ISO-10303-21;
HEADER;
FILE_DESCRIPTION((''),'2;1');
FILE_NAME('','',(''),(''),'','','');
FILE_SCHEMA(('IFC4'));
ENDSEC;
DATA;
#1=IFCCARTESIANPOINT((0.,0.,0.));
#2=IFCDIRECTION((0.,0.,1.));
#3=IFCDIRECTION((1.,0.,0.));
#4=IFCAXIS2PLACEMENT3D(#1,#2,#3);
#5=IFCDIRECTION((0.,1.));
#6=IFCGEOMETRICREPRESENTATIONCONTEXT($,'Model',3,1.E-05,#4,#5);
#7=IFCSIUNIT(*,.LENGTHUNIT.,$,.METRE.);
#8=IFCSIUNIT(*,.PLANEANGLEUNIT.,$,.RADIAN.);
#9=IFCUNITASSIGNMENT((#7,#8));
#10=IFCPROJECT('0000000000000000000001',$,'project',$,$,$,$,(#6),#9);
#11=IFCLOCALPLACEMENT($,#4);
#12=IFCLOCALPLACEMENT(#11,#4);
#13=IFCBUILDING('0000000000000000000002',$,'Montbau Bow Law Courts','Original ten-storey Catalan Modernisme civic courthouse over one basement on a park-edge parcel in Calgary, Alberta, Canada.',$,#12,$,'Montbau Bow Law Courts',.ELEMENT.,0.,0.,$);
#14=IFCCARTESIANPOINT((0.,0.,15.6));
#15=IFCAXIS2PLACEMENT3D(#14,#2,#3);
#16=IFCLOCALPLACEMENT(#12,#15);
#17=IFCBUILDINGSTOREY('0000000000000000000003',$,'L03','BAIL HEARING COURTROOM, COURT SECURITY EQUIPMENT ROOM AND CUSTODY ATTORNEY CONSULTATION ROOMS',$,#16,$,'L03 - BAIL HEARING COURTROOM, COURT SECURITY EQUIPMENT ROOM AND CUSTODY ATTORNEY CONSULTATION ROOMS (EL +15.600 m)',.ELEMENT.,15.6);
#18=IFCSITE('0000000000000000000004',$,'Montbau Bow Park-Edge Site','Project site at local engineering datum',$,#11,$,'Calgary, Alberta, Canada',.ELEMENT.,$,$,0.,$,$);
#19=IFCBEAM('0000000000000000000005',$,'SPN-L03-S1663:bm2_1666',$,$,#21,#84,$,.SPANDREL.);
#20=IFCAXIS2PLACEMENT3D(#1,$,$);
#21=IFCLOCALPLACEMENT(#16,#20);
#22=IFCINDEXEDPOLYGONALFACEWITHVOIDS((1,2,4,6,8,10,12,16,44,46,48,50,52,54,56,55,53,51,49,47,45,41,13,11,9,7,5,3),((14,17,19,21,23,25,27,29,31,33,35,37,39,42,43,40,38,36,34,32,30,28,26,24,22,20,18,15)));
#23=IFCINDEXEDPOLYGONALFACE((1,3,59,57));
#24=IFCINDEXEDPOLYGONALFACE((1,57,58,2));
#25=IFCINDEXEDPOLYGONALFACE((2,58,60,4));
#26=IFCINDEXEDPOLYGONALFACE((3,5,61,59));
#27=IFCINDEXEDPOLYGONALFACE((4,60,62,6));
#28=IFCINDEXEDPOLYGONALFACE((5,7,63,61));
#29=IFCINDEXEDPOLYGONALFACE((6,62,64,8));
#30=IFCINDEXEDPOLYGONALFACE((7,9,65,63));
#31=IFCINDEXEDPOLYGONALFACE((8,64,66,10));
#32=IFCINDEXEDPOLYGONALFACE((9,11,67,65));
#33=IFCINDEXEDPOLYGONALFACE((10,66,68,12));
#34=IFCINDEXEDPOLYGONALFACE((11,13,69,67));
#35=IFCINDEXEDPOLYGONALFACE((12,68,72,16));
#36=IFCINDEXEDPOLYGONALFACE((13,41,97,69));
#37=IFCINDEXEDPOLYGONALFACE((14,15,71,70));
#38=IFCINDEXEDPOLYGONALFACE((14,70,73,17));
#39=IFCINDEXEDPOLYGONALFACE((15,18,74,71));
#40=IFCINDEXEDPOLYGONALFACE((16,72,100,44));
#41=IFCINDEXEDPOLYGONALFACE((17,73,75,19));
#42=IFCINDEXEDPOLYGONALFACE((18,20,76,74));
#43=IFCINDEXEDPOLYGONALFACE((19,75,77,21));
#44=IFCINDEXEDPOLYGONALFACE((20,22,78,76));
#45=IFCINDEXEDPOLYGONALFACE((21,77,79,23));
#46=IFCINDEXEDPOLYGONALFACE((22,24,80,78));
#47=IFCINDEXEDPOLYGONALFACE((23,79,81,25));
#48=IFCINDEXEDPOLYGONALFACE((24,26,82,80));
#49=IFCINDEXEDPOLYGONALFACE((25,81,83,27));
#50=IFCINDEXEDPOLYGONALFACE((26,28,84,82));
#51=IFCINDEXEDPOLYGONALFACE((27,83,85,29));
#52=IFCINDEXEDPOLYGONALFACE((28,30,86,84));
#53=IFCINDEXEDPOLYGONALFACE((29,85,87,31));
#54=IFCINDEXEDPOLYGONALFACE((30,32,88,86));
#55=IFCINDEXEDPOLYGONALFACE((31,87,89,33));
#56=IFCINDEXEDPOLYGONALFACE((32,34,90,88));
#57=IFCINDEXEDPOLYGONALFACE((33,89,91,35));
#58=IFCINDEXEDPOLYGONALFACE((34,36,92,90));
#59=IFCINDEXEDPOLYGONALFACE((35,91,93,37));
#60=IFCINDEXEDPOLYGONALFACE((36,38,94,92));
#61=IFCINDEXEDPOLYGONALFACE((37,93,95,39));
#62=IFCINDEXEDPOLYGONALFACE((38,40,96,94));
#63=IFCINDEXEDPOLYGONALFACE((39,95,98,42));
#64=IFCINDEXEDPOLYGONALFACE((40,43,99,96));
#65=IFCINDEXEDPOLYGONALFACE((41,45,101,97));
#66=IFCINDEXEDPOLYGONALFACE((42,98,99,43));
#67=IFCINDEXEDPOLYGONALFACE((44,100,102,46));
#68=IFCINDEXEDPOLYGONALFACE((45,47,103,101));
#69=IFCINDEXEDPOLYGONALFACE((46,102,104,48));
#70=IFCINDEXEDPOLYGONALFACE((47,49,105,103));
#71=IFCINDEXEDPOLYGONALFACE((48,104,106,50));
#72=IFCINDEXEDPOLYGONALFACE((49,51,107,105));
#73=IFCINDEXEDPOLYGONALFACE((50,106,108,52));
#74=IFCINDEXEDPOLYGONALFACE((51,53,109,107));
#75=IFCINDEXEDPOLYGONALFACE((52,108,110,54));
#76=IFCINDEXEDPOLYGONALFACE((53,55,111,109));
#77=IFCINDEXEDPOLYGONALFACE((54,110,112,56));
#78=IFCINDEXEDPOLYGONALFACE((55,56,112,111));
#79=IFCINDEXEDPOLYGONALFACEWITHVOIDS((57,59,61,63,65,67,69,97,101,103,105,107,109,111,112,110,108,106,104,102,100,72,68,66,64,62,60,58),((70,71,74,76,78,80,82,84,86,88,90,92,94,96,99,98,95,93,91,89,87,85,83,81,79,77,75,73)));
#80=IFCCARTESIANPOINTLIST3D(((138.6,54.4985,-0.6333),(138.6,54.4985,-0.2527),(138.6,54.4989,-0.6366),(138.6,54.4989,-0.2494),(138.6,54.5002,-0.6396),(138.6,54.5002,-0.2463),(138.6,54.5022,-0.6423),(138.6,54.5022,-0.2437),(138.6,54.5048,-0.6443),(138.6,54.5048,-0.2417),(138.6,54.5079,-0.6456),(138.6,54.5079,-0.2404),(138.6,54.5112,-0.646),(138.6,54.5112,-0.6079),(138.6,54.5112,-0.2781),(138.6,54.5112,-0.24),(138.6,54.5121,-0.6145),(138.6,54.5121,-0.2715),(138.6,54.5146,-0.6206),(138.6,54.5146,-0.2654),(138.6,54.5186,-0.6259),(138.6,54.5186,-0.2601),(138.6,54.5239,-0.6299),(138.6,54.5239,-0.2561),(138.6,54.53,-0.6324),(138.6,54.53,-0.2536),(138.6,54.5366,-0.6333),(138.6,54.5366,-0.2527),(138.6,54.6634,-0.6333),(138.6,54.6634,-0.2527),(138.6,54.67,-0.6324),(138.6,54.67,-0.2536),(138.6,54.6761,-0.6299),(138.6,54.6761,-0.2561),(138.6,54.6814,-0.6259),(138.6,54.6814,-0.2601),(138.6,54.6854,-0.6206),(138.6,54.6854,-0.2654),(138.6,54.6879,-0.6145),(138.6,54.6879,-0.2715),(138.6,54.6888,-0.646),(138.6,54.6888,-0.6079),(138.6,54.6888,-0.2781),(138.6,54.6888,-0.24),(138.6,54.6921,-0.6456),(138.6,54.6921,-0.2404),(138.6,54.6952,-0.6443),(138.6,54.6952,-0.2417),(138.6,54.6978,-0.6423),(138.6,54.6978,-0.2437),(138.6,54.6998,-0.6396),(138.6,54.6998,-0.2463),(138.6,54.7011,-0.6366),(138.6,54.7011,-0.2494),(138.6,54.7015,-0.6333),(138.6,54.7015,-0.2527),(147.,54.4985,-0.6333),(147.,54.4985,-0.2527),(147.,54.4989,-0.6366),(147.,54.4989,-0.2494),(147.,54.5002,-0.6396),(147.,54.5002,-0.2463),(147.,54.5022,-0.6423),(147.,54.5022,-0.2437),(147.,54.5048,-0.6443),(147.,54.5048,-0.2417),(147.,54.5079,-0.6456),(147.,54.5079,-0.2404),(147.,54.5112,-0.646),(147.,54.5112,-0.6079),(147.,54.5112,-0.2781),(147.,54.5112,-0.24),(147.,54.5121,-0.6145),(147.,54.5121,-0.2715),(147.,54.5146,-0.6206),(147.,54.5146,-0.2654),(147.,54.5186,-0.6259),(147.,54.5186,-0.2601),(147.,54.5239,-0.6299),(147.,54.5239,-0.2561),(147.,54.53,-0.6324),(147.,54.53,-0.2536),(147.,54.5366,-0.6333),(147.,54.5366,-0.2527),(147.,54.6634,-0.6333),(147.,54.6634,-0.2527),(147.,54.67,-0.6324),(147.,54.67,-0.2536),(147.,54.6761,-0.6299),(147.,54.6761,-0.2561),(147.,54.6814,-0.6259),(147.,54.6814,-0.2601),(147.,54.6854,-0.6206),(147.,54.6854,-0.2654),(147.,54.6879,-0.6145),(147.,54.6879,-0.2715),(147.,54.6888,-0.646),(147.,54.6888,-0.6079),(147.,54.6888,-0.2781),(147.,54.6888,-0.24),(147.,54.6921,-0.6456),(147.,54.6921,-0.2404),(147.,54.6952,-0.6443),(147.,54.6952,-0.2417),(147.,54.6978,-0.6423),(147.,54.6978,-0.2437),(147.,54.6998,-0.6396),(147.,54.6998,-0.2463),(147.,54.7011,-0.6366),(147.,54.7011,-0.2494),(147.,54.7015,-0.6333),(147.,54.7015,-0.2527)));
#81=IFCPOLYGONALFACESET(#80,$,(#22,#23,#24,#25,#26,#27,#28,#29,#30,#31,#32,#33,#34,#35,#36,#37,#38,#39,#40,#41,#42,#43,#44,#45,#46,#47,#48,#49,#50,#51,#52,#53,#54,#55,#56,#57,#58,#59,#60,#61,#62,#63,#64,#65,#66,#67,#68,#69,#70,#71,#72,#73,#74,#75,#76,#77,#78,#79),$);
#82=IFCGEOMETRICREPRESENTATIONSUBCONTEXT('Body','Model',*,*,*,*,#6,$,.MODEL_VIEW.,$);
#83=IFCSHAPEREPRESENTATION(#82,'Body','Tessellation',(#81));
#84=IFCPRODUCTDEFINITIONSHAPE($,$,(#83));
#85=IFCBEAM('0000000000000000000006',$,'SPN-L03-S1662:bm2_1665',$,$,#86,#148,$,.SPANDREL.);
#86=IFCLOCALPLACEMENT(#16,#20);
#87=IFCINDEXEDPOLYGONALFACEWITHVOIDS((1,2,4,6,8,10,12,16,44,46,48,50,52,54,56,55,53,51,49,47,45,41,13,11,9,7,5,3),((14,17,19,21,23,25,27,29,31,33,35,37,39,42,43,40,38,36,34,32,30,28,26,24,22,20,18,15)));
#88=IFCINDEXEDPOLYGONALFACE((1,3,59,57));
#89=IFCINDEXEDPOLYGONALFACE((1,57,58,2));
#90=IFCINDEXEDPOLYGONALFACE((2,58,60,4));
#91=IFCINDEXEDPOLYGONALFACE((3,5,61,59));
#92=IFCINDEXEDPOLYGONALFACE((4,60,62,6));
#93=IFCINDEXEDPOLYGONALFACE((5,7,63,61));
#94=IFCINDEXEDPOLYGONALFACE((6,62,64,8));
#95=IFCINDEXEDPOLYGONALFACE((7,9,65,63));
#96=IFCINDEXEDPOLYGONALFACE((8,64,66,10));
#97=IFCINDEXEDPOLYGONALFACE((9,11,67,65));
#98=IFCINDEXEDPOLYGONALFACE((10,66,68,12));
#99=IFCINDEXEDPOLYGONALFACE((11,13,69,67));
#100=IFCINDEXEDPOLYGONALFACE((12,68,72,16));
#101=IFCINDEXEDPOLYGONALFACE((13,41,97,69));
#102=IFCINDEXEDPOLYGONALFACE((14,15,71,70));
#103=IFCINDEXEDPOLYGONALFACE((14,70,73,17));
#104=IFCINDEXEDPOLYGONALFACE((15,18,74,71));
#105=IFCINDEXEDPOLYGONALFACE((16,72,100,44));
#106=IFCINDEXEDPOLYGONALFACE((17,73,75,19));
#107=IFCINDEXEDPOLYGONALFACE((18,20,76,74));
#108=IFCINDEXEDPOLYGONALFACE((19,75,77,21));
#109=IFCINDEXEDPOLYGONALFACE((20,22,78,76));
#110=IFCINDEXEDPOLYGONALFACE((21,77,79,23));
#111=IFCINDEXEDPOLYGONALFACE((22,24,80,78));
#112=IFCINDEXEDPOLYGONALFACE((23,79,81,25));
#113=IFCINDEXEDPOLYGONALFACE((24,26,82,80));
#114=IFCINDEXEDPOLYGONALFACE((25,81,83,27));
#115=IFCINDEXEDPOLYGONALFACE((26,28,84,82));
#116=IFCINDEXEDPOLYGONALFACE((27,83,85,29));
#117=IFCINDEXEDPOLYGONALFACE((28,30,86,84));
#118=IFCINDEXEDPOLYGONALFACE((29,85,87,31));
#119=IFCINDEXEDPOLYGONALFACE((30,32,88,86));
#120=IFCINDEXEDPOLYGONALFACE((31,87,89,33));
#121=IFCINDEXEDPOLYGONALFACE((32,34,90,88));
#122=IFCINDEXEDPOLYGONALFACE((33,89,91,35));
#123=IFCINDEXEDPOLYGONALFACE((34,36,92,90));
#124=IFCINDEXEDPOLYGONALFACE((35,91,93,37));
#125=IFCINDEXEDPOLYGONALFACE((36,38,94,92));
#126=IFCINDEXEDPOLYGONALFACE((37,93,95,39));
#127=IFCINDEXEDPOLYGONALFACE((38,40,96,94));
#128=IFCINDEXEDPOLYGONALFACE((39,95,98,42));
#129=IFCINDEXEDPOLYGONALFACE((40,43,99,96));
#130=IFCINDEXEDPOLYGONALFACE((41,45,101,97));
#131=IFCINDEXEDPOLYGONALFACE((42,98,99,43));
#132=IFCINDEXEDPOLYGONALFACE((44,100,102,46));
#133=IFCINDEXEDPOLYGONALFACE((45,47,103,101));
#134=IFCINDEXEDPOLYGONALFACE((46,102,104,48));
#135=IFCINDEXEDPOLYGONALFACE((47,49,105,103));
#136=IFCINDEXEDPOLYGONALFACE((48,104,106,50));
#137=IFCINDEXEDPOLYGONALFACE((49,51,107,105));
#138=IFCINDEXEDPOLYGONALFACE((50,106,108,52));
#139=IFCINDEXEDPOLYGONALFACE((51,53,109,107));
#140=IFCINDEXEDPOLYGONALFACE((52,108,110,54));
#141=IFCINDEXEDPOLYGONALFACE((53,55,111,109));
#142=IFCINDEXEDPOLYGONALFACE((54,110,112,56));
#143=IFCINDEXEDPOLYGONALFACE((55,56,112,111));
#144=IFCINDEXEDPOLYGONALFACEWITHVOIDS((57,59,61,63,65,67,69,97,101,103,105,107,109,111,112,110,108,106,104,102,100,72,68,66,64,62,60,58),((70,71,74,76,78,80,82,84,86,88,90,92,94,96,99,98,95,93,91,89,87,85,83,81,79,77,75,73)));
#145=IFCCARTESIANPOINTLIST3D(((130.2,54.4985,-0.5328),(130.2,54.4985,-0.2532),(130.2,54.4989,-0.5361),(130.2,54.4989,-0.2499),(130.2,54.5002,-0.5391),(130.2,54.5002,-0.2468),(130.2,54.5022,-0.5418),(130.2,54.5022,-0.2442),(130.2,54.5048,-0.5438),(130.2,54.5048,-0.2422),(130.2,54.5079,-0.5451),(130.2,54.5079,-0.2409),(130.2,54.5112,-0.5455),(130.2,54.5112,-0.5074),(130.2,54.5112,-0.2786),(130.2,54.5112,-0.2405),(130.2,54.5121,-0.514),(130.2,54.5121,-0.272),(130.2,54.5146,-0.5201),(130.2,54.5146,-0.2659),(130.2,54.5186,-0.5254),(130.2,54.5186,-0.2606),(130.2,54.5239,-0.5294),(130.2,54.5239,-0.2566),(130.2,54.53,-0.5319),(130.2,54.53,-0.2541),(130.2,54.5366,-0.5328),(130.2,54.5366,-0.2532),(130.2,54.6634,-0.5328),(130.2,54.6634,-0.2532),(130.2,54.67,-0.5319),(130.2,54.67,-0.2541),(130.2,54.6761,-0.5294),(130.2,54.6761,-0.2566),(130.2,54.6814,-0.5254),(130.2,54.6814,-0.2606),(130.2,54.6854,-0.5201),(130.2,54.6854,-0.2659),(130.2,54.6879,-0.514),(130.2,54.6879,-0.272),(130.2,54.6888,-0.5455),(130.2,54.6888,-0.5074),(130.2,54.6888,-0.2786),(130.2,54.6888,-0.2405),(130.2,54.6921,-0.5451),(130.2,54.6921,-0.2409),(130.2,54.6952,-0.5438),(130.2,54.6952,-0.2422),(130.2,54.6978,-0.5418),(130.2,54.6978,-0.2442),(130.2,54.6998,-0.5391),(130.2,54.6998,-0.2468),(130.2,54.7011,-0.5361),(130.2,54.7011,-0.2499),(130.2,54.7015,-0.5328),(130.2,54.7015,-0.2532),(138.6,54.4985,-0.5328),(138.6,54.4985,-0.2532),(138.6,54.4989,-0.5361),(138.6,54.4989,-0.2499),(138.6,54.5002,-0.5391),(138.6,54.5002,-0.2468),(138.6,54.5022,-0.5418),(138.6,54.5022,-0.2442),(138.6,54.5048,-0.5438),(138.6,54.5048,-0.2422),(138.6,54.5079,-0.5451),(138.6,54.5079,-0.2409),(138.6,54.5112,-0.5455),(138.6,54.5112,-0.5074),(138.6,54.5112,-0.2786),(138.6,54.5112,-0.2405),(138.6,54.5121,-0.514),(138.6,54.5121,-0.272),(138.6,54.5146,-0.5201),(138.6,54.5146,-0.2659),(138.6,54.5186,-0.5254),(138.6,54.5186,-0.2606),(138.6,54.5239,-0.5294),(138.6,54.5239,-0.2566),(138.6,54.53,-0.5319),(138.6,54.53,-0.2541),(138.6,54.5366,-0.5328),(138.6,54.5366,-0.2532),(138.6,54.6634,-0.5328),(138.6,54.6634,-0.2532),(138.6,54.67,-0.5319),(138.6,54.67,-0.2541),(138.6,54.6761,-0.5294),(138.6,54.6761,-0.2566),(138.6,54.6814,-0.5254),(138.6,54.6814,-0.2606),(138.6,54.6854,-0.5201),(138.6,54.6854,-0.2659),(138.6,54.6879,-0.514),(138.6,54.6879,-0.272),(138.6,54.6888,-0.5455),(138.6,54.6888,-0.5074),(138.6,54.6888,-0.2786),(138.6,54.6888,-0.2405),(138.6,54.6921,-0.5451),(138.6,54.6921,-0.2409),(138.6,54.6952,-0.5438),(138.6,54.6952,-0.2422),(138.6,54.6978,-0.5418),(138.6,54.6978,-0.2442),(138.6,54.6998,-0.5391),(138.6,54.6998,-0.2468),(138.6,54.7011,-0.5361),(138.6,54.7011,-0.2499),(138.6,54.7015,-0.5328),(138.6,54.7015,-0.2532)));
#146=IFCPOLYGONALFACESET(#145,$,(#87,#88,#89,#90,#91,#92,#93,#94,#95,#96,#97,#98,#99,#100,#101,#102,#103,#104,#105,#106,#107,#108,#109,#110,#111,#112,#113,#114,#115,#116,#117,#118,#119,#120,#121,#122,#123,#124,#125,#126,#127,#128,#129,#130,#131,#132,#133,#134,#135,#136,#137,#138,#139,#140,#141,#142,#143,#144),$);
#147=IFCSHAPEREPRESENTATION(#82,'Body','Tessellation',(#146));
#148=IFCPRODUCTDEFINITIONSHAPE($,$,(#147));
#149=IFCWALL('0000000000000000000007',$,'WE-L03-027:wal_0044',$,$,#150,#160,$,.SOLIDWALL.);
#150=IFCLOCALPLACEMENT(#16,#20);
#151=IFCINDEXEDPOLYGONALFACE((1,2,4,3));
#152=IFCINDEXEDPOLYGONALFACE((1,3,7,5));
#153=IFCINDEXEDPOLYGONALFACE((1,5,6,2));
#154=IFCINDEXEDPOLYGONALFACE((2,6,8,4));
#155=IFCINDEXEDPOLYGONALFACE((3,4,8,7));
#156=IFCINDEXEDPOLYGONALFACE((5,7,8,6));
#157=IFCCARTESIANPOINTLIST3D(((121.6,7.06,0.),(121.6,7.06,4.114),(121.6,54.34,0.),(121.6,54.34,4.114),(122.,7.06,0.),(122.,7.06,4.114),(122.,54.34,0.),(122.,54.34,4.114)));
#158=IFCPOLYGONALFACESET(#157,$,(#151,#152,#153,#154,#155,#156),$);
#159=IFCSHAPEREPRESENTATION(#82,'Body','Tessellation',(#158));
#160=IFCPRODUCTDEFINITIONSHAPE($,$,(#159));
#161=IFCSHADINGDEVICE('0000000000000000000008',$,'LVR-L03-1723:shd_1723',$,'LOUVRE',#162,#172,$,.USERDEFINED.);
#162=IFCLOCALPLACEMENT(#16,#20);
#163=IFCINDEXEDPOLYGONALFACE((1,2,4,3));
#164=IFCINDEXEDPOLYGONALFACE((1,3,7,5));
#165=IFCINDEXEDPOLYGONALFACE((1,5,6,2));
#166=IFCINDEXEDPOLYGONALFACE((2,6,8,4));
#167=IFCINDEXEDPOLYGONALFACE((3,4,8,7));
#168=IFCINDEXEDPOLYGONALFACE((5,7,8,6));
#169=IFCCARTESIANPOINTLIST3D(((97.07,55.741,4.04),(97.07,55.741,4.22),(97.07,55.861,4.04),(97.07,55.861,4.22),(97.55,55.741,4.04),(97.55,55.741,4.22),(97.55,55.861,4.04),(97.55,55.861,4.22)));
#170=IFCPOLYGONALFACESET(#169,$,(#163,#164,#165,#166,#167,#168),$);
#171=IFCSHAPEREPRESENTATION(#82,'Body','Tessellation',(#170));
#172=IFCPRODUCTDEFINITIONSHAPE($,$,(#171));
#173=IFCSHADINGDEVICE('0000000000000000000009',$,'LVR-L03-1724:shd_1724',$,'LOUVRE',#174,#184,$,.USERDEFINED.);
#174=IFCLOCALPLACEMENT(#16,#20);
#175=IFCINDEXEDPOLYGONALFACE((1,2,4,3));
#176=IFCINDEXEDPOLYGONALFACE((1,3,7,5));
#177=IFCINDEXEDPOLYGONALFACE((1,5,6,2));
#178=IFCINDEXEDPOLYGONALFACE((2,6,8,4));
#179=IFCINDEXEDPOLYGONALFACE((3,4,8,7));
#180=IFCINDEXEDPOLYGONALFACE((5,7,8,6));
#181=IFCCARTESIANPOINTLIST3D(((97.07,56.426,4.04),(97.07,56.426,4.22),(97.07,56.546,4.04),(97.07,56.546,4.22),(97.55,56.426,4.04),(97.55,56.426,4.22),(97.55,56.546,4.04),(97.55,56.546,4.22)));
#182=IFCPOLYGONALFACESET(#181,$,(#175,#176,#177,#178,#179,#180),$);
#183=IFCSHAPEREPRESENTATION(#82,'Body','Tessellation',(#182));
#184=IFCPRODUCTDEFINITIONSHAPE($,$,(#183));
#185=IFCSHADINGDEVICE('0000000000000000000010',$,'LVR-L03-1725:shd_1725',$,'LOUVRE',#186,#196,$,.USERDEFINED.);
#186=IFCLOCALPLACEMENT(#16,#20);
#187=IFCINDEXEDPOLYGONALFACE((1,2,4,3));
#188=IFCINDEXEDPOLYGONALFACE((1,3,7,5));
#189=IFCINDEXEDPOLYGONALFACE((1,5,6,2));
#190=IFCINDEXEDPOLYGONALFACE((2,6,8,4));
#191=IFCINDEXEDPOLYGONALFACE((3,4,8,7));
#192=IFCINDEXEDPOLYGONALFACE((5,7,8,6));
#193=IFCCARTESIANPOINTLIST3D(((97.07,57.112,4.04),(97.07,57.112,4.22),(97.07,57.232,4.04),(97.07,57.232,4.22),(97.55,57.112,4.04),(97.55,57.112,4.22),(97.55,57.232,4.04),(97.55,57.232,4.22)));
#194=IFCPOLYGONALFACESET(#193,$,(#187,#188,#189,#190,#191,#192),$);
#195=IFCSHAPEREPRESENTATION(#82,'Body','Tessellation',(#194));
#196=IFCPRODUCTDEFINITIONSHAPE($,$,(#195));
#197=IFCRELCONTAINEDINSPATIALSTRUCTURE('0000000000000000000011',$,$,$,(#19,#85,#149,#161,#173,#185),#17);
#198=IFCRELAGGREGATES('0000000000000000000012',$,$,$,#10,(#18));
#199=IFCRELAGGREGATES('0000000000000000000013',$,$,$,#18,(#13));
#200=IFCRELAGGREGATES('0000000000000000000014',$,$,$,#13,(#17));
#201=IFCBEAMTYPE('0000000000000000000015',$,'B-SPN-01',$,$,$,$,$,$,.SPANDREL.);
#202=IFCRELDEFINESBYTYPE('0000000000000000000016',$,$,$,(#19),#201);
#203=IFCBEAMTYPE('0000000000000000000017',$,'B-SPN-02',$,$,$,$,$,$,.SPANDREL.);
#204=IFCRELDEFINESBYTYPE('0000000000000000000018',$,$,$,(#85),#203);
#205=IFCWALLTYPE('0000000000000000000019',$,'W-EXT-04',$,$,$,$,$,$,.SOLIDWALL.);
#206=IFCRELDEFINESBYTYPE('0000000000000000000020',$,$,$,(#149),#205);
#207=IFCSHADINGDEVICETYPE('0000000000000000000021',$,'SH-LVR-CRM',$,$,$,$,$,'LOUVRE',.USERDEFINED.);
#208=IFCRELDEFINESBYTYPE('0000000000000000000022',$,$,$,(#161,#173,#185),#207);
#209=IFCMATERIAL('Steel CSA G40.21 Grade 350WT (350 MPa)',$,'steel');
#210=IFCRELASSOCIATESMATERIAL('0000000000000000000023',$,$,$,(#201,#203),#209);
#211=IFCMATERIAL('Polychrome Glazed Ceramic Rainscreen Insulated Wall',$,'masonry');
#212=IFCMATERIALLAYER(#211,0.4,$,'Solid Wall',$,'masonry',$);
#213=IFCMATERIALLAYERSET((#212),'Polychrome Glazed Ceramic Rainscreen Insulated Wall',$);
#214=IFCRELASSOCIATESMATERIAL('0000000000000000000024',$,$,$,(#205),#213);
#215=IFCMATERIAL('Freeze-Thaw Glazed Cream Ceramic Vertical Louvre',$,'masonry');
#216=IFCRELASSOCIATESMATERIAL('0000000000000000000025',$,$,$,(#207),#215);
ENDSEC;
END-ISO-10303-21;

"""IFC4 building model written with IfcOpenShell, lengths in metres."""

from ifc_helpers import new_model, si_unit, direction, frame, frame_2d, origin_with_axes, origin_2d_with_axis, place, context, subcontext, project, spatial, rectangle, hollow_rectangle, extrude, material, layer, layer_set, material_profile, profile_set, type_object, element, save


model = new_model("IFC4")

# Units and contexts
model_context = context("Model", 3, precision=1e-05, world=origin_with_axes(), true_north=direction((0.0, 1.0)))
body_context = subcontext(model_context, "Body", "Model", "MODEL_VIEW")
ifc_project = project(units=[si_unit("LENGTHUNIT", "METRE"), si_unit("PLANEANGLEUNIT", "RADIAN")], contexts=[model_context])

# Site, building, storey
site_placement = place(None, origin_with_axes())
site = spatial("IfcSite", under=ifc_project, at=site_placement, Name="Montbau Bow Park-Edge Site", Description="Project site at local engineering datum", LongName="Calgary, Alberta, Canada", CompositionType="ELEMENT", RefElevation=0.0)
building_placement = place(site_placement, origin_with_axes())
building = spatial("IfcBuilding", under=site, at=building_placement, Name="Montbau Bow Law Courts", Description="Original ten-storey Catalan Modernisme civic courthouse over one basement on a park-edge parcel in Calgary, Alberta, Canada.", LongName="Montbau Bow Law Courts", CompositionType="ELEMENT", ElevationOfRefHeight=0.0, ElevationOfTerrain=0.0)
storey_placement = place(building_placement, frame((0.0, 0.0, 15.6), z_axis=(0.0, 0.0, 1.0), x_axis=(1.0, 0.0, 0.0)))
storey = spatial("IfcBuildingStorey", under=building, at=storey_placement, Name="L03", Description="BAIL HEARING COURTROOM, COURT SECURITY EQUIPMENT ROOM AND CUSTODY ATTORNEY CONSULTATION ROOMS", LongName="L03 - BAIL HEARING COURTROOM, COURT SECURITY EQUIPMENT ROOM AND CUSTODY ATTORNEY CONSULTATION ROOMS (EL +15.600 m)", CompositionType="ELEMENT", Elevation=15.6)

# Beams
ifc_material_1 = material(Name="Steel CSA G40.21 Grade 350WT (350 MPa)", Category="steel")
ifc_material_profile_1 = material_profile(ifc_material_1, hollow_rectangle(XDim=0.203, YDim=0.406, WallThickness=0.0127, InnerFilletRadius=0.0254, OuterFilletRadius=0.0127, at=origin_2d_with_axis()), Name="HSS406X203X13", Category="Main", Priority=0)
ifc_profile_set_1 = profile_set([ifc_material_profile_1], Name="Steel CSA G40.21 Grade 350WT (350 MPa)")
beam_type_1 = type_object("IfcBeamType", Name="B-SPN-01", PredefinedType="SPANDREL", material=ifc_profile_set_1)
for number, where, z_axis, x_axis, name in (
    (1, (138.6, 54.6, 15.157), (1.0, 0.0, 0.0), (0.0, 1.0, 0.0), "SPN-L03-S1663:bm2_1666"),
):
    element("IfcBeam", number, at=place(None, frame(where, z_axis=z_axis, x_axis=x_axis)), inside=storey, type_object=beam_type_1, Name=name, PredefinedType="SPANDREL", context=body_context, shape_type="SweptSolid", body=[
        extrude(hollow_rectangle(XDim=0.203, YDim=0.406, WallThickness=0.0127, InnerFilletRadius=0.0254, OuterFilletRadius=0.0127, at=origin_2d_with_axis()), origin_with_axes(), (0.0, 0.0, 1.0), 8.4),
    ])
ifc_material_profile_2 = material_profile(ifc_material_1, hollow_rectangle(XDim=0.203, YDim=0.305, WallThickness=0.0127, InnerFilletRadius=0.0254, OuterFilletRadius=0.0127, at=origin_2d_with_axis()), Name="HSS305X203X13", Category="Main", Priority=0)
ifc_profile_set_2 = profile_set([ifc_material_profile_2], Name="Steel CSA G40.21 Grade 350WT (350 MPa)")
beam_type_2 = type_object("IfcBeamType", Name="B-SPN-02", PredefinedType="SPANDREL", material=ifc_profile_set_2)
beam_1_placement = place(None, frame((130.2, 54.6, 15.207), z_axis=(1.0, 0.0, 0.0), x_axis=(0.0, 1.0, 0.0)))
element("IfcBeam", 2, at=beam_1_placement, inside=storey, type_object=beam_type_2, Name="SPN-L03-S1662:bm2_1665", PredefinedType="SPANDREL", context=body_context, shape_type="SweptSolid", body=[
    extrude(hollow_rectangle(XDim=0.203, YDim=0.305, WallThickness=0.0127, InnerFilletRadius=0.0254, OuterFilletRadius=0.0127, at=origin_2d_with_axis()), origin_with_axes(), (0.0, 0.0, 1.0), 8.4),
])

# Wall
ifc_material_2 = material(Name="Polychrome Glazed Ceramic Rainscreen Insulated Wall", Category="masonry")
ifc_layer = layer(ifc_material_2, 0.4, Name="Solid Wall", Category="masonry")
ifc_layer_set = layer_set([ifc_layer], Name="Polychrome Glazed Ceramic Rainscreen Insulated Wall")
wall_type = type_object("IfcWallType", Name="W-EXT-04", PredefinedType="SOLIDWALL", material=ifc_layer_set)
wall_placement = place(None, frame((121.8, 54.34, 15.6), z_axis=(0.0, 0.0, 1.0), x_axis=(0.0, -1.0, 0.0)))
element("IfcWall", 3, at=wall_placement, inside=storey, type_object=wall_type, Name="WE-L03-027:wal_0044", PredefinedType="SOLIDWALL", context=body_context, shape_type="SweptSolid", body=[
    extrude(rectangle(XDim=47.28, YDim=0.4, at=frame_2d((23.64, 0.0), x_axis=(1.0, 0.0))), origin_with_axes(), (0.0, 0.0, 1.0), 4.114),
])

# Shading devices
ifc_material_3 = material(Name="Freeze-Thaw Glazed Cream Ceramic Vertical Louvre", Category="masonry")
shading_device_type = type_object("IfcShadingDeviceType", Name="SH-LVR-CRM", ElementType="LOUVRE", PredefinedType="USERDEFINED", material=ifc_material_3)
for number, where, z_axis, x_axis, name in (
    (4, (97.31, 55.801, 19.64), (0.0, 0.0, 1.0), (1.0, 0.0, 0.0), "LVR-L03-1723:shd_1723"),
    (5, (97.31, 56.486, 19.64), (0.0, 0.0, 1.0), (1.0, 0.0, 0.0), "LVR-L03-1724:shd_1724"),
    (6, (97.31, 57.172, 19.64), (0.0, 0.0, 1.0), (1.0, 0.0, 0.0), "LVR-L03-1725:shd_1725"),
):
    element("IfcShadingDevice", number, at=place(None, frame(where, z_axis=z_axis, x_axis=x_axis)), inside=storey, type_object=shading_device_type, Name=name, ObjectType="LOUVRE", PredefinedType="USERDEFINED", context=body_context, shape_type="SweptSolid", body=[
        extrude(rectangle(XDim=0.48, YDim=0.12, at=origin_2d_with_axis()), origin_with_axes(), (0.0, 0.0, 1.0), 0.18),
    ])

save(model, "model.ifc")
